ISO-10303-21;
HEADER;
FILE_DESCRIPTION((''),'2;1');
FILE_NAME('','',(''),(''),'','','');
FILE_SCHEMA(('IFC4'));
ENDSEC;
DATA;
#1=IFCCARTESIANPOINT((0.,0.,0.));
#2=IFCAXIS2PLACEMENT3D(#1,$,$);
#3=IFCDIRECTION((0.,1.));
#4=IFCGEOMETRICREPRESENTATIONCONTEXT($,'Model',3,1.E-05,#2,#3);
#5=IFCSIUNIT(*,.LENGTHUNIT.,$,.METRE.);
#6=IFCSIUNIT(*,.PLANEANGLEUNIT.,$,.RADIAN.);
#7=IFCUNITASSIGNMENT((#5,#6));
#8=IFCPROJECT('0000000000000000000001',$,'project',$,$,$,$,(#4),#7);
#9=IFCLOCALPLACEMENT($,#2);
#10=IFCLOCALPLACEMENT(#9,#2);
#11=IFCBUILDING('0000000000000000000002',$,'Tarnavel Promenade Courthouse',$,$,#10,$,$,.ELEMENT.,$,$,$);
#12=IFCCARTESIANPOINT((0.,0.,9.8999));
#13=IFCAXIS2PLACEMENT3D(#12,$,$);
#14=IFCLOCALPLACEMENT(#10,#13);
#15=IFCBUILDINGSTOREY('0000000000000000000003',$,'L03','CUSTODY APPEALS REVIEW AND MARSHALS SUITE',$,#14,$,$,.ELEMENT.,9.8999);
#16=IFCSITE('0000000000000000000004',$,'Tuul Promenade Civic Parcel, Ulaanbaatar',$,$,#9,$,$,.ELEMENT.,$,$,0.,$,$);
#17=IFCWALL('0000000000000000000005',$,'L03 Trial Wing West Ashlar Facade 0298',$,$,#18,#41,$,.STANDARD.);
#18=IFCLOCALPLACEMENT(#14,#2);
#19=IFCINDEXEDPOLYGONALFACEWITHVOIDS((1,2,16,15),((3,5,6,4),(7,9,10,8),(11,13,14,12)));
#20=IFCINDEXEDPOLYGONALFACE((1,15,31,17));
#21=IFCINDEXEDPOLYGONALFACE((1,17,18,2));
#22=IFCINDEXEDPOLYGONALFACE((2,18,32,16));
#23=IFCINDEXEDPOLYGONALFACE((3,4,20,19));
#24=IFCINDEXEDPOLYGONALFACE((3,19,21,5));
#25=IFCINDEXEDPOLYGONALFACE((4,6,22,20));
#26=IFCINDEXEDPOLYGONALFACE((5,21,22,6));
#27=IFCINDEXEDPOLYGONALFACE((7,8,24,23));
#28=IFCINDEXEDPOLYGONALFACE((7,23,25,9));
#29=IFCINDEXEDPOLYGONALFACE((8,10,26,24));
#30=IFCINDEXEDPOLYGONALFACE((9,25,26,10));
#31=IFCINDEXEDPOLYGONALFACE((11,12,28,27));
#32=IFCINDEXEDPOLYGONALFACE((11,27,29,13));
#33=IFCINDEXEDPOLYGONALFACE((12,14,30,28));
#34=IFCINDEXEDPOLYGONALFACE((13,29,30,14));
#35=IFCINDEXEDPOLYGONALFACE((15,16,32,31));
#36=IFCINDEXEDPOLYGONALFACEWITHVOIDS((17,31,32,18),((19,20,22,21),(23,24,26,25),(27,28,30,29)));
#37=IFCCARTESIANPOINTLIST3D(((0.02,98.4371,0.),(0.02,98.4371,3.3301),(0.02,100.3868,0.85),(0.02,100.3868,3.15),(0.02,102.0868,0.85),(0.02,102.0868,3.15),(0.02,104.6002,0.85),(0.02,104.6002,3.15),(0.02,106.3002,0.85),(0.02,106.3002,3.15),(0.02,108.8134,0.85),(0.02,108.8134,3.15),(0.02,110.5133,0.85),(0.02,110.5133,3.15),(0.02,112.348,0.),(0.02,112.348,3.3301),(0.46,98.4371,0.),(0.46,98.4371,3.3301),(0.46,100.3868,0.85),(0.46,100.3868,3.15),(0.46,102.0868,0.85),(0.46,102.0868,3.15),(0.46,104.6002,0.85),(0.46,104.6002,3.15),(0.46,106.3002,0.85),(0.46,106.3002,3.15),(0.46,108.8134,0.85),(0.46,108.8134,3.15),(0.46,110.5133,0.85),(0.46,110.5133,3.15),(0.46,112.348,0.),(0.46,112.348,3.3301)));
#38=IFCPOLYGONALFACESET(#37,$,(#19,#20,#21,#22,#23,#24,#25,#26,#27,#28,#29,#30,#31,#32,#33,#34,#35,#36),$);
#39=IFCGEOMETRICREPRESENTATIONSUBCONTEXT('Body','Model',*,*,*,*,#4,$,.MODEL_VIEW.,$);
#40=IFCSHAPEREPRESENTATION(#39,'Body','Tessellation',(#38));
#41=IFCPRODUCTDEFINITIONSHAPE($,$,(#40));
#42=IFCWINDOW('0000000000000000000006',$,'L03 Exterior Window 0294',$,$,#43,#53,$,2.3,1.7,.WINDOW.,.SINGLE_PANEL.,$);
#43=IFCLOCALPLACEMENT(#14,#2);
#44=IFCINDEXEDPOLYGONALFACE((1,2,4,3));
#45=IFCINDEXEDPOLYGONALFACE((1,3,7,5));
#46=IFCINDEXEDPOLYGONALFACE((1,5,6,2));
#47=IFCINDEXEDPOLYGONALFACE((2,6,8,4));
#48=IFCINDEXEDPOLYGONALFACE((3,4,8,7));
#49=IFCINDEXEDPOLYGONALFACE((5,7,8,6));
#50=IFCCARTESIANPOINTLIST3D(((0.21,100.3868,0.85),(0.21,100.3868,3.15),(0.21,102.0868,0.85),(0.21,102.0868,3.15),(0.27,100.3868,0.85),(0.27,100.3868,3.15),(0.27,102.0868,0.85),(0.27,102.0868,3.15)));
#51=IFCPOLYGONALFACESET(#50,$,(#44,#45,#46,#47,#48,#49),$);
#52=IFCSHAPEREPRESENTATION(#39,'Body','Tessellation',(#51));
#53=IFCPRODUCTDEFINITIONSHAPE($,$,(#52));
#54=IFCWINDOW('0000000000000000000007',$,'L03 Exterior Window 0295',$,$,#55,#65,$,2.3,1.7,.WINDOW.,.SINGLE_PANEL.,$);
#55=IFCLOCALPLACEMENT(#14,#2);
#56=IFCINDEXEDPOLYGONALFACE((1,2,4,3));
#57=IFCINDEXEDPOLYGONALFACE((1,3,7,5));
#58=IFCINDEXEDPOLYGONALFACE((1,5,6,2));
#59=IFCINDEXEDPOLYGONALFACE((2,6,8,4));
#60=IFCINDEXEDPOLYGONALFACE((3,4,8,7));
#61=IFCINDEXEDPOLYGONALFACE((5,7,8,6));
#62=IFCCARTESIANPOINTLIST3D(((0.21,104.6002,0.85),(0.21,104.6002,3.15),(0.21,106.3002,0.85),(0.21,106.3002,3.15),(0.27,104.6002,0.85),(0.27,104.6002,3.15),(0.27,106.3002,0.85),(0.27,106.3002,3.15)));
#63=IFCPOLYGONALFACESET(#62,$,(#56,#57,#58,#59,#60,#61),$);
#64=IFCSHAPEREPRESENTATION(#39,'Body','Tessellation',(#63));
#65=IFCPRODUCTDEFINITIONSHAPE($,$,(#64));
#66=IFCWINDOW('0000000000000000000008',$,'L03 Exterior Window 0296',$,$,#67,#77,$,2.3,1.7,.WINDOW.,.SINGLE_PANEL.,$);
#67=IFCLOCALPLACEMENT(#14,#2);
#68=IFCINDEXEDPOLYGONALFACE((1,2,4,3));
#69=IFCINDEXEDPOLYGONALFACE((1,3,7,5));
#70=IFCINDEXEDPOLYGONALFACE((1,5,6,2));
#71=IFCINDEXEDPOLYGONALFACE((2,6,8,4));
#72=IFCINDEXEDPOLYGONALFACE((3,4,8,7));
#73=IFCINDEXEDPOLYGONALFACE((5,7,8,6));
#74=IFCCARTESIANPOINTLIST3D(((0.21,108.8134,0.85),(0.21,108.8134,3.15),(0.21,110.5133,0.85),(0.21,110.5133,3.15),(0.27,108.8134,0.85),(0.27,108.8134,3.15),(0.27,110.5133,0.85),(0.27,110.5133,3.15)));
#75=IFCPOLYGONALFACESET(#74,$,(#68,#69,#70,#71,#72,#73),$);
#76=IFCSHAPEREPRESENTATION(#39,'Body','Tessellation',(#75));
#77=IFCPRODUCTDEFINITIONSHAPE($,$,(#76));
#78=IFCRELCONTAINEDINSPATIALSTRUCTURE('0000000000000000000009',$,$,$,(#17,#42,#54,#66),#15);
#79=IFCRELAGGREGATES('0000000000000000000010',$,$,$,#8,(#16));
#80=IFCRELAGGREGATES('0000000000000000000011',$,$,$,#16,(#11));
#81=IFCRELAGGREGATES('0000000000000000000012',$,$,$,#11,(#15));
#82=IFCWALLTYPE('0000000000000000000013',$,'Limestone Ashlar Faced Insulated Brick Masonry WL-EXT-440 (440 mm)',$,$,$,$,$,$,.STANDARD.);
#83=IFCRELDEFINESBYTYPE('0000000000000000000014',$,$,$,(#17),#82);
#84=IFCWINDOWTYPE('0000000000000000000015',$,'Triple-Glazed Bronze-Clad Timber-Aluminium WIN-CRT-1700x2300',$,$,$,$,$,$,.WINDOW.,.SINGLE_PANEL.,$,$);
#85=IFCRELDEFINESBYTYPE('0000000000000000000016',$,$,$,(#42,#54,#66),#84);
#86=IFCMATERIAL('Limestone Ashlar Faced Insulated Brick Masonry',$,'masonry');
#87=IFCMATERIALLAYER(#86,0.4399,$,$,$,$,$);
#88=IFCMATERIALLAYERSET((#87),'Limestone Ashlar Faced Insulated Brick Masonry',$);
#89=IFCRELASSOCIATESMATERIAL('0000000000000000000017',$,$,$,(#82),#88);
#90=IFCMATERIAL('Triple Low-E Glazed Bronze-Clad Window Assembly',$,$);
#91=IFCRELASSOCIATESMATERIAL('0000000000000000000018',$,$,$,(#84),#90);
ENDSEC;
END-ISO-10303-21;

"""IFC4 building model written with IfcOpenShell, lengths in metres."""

from ifc_helpers import new_model, si_unit, direction, frame, frame_2d, origin, place, context, subcontext, project, spatial, rectangle, extrude, material, layer, layer_set, type_object, element, fill, save


model = new_model("IFC4")

# Units and contexts
model_context = context("Model", 3, precision=1e-05, world=origin(), true_north=direction((0.0, 1.0)))
body_context = subcontext(model_context, "Body", "Model", "MODEL_VIEW")
ifc_project = project(units=[si_unit("LENGTHUNIT", "METRE"), si_unit("PLANEANGLEUNIT", "RADIAN")], contexts=[model_context])

# Site, building, storey
site_placement = place(None, origin())
site = spatial("IfcSite", under=ifc_project, at=site_placement, Name="Tuul Promenade Civic Parcel, Ulaanbaatar", CompositionType="ELEMENT", RefElevation=0.0)
building_placement = place(site_placement, origin())
building = spatial("IfcBuilding", under=site, at=building_placement, Name="Tarnavel Promenade Courthouse", CompositionType="ELEMENT")
storey_placement = place(building_placement, frame((0.0, 0.0, 9.8999)))
storey = spatial("IfcBuildingStorey", under=building, at=storey_placement, Name="L03", Description="CUSTODY APPEALS REVIEW AND MARSHALS SUITE", CompositionType="ELEMENT", Elevation=9.8999)

# Wall, openings, windows
ifc_material_1 = material(Name="Limestone Ashlar Faced Insulated Brick Masonry", Category="masonry")
ifc_layer_1 = layer(ifc_material_1, 0.4399)
ifc_layer_set_1 = layer_set([ifc_layer_1], Name="Limestone Ashlar Faced Insulated Brick Masonry")
wall_type_1 = type_object("IfcWallType", Name="Limestone Ashlar Faced Insulated Brick Masonry WL-EXT-440 (440 mm)", PredefinedType="STANDARD", material=ifc_layer_set_1)
ifc_material_2 = material(Name="Triple Low-E Glazed Bronze-Clad Window Assembly")
window_type = type_object("IfcWindowType", Name="Triple-Glazed Bronze-Clad Timber-Aluminium WIN-CRT-1700x2300", PartitioningType="SINGLE_PANEL", PredefinedType="WINDOW", material=ifc_material_2)
wall_1_placement = place(storey_placement, frame((0.24, 98.437, 0.0), z_axis=(0.0, 0.0, 1.0), x_axis=(0.0, 1.0, 0.0)))
wall_1 = element("IfcWall", 1, at=wall_1_placement, inside=storey, type_object=wall_type_1, Name="L03 Trial Wing West Ashlar Facade 0298", PredefinedType="STANDARD", context=body_context, shape_type="SweptSolid", body=[
    extrude(rectangle(XDim=13.9109, YDim=0.4399, at=frame_2d((6.9556, 0.0))), origin(), (0.0, 0.0, 1.0), 3.3301),
])
opening_1_placement = place(wall_1_placement, frame((1.9497, 0.0, 0.8501)))
opening_1 = element("IfcOpeningElement", 2, at=opening_1_placement, cuts=wall_1, PredefinedType="OPENING", context=body_context, shape_type="SweptSolid", body=[
    extrude(rectangle(XDim=1.7, YDim=2.3, at=frame_2d((0.8501, 1.1499))), frame((0.0, 0.23, 0.0), z_axis=(0.0, -1.0, 0.0), x_axis=(1.0, 0.0, 0.0)), (0.0, 0.0, 1.0), 0.46),
])
opening_2_placement = place(wall_1_placement, frame((6.1631, 0.0, 0.8501)))
opening_2 = element("IfcOpeningElement", 3, at=opening_2_placement, cuts=wall_1, PredefinedType="OPENING", context=body_context, shape_type="SweptSolid", body=[
    extrude(rectangle(XDim=1.7, YDim=2.3, at=frame_2d((0.8501, 1.1499))), frame((0.0, 0.23, 0.0), z_axis=(0.0, -1.0, 0.0), x_axis=(1.0, 0.0, 0.0)), (0.0, 0.0, 1.0), 0.46),
])
opening_3_placement = place(wall_1_placement, frame((10.3762, 0.0, 0.8501)))
opening_3 = element("IfcOpeningElement", 4, at=opening_3_placement, cuts=wall_1, PredefinedType="OPENING", context=body_context, shape_type="SweptSolid", body=[
    extrude(rectangle(XDim=1.7, YDim=2.3, at=frame_2d((0.8501, 1.1499))), frame((0.0, 0.23, 0.0), z_axis=(0.0, -1.0, 0.0), x_axis=(1.0, 0.0, 0.0)), (0.0, 0.0, 1.0), 0.46),
])
window_1_placement = place(opening_1_placement, origin())
window_1 = element("IfcWindow", 5, at=window_1_placement, inside=storey, type_object=window_type, Name="L03 Exterior Window 0294", OverallHeight=2.3, OverallWidth=1.7, PartitioningType="SINGLE_PANEL", PredefinedType="WINDOW", context=body_context, shape_type="SweptSolid", body=[
    extrude(rectangle(XDim=1.7, YDim=2.3, at=frame_2d((0.8501, 1.1499))), frame((0.0, 0.03, 0.0), z_axis=(0.0, -1.0, 0.0), x_axis=(1.0, 0.0, 0.0)), (0.0, 0.0, 1.0), 0.0601),
])
fill(opening_1, window_1)
window_2_placement = place(opening_2_placement, origin())
window_2 = element("IfcWindow", 6, at=window_2_placement, inside=storey, type_object=window_type, Name="L03 Exterior Window 0295", OverallHeight=2.3, OverallWidth=1.7, PartitioningType="SINGLE_PANEL", PredefinedType="WINDOW", context=body_context, shape_type="SweptSolid", body=[
    extrude(rectangle(XDim=1.7, YDim=2.3, at=frame_2d((0.8501, 1.1499))), frame((0.0, 0.03, 0.0), z_axis=(0.0, -1.0, 0.0), x_axis=(1.0, 0.0, 0.0)), (0.0, 0.0, 1.0), 0.0601),
])
fill(opening_2, window_2)
window_3_placement = place(opening_3_placement, origin())
window_3 = element("IfcWindow", 7, at=window_3_placement, inside=storey, type_object=window_type, Name="L03 Exterior Window 0296", OverallHeight=2.3, OverallWidth=1.7, PartitioningType="SINGLE_PANEL", PredefinedType="WINDOW", context=body_context, shape_type="SweptSolid", body=[
    extrude(rectangle(XDim=1.7, YDim=2.3, at=frame_2d((0.8501, 1.1499))), frame((0.0, 0.03, 0.0), z_axis=(0.0, -1.0, 0.0), x_axis=(1.0, 0.0, 0.0)), (0.0, 0.0, 1.0), 0.0601),
])
fill(opening_3, window_3)

save(model, "model.ifc")
